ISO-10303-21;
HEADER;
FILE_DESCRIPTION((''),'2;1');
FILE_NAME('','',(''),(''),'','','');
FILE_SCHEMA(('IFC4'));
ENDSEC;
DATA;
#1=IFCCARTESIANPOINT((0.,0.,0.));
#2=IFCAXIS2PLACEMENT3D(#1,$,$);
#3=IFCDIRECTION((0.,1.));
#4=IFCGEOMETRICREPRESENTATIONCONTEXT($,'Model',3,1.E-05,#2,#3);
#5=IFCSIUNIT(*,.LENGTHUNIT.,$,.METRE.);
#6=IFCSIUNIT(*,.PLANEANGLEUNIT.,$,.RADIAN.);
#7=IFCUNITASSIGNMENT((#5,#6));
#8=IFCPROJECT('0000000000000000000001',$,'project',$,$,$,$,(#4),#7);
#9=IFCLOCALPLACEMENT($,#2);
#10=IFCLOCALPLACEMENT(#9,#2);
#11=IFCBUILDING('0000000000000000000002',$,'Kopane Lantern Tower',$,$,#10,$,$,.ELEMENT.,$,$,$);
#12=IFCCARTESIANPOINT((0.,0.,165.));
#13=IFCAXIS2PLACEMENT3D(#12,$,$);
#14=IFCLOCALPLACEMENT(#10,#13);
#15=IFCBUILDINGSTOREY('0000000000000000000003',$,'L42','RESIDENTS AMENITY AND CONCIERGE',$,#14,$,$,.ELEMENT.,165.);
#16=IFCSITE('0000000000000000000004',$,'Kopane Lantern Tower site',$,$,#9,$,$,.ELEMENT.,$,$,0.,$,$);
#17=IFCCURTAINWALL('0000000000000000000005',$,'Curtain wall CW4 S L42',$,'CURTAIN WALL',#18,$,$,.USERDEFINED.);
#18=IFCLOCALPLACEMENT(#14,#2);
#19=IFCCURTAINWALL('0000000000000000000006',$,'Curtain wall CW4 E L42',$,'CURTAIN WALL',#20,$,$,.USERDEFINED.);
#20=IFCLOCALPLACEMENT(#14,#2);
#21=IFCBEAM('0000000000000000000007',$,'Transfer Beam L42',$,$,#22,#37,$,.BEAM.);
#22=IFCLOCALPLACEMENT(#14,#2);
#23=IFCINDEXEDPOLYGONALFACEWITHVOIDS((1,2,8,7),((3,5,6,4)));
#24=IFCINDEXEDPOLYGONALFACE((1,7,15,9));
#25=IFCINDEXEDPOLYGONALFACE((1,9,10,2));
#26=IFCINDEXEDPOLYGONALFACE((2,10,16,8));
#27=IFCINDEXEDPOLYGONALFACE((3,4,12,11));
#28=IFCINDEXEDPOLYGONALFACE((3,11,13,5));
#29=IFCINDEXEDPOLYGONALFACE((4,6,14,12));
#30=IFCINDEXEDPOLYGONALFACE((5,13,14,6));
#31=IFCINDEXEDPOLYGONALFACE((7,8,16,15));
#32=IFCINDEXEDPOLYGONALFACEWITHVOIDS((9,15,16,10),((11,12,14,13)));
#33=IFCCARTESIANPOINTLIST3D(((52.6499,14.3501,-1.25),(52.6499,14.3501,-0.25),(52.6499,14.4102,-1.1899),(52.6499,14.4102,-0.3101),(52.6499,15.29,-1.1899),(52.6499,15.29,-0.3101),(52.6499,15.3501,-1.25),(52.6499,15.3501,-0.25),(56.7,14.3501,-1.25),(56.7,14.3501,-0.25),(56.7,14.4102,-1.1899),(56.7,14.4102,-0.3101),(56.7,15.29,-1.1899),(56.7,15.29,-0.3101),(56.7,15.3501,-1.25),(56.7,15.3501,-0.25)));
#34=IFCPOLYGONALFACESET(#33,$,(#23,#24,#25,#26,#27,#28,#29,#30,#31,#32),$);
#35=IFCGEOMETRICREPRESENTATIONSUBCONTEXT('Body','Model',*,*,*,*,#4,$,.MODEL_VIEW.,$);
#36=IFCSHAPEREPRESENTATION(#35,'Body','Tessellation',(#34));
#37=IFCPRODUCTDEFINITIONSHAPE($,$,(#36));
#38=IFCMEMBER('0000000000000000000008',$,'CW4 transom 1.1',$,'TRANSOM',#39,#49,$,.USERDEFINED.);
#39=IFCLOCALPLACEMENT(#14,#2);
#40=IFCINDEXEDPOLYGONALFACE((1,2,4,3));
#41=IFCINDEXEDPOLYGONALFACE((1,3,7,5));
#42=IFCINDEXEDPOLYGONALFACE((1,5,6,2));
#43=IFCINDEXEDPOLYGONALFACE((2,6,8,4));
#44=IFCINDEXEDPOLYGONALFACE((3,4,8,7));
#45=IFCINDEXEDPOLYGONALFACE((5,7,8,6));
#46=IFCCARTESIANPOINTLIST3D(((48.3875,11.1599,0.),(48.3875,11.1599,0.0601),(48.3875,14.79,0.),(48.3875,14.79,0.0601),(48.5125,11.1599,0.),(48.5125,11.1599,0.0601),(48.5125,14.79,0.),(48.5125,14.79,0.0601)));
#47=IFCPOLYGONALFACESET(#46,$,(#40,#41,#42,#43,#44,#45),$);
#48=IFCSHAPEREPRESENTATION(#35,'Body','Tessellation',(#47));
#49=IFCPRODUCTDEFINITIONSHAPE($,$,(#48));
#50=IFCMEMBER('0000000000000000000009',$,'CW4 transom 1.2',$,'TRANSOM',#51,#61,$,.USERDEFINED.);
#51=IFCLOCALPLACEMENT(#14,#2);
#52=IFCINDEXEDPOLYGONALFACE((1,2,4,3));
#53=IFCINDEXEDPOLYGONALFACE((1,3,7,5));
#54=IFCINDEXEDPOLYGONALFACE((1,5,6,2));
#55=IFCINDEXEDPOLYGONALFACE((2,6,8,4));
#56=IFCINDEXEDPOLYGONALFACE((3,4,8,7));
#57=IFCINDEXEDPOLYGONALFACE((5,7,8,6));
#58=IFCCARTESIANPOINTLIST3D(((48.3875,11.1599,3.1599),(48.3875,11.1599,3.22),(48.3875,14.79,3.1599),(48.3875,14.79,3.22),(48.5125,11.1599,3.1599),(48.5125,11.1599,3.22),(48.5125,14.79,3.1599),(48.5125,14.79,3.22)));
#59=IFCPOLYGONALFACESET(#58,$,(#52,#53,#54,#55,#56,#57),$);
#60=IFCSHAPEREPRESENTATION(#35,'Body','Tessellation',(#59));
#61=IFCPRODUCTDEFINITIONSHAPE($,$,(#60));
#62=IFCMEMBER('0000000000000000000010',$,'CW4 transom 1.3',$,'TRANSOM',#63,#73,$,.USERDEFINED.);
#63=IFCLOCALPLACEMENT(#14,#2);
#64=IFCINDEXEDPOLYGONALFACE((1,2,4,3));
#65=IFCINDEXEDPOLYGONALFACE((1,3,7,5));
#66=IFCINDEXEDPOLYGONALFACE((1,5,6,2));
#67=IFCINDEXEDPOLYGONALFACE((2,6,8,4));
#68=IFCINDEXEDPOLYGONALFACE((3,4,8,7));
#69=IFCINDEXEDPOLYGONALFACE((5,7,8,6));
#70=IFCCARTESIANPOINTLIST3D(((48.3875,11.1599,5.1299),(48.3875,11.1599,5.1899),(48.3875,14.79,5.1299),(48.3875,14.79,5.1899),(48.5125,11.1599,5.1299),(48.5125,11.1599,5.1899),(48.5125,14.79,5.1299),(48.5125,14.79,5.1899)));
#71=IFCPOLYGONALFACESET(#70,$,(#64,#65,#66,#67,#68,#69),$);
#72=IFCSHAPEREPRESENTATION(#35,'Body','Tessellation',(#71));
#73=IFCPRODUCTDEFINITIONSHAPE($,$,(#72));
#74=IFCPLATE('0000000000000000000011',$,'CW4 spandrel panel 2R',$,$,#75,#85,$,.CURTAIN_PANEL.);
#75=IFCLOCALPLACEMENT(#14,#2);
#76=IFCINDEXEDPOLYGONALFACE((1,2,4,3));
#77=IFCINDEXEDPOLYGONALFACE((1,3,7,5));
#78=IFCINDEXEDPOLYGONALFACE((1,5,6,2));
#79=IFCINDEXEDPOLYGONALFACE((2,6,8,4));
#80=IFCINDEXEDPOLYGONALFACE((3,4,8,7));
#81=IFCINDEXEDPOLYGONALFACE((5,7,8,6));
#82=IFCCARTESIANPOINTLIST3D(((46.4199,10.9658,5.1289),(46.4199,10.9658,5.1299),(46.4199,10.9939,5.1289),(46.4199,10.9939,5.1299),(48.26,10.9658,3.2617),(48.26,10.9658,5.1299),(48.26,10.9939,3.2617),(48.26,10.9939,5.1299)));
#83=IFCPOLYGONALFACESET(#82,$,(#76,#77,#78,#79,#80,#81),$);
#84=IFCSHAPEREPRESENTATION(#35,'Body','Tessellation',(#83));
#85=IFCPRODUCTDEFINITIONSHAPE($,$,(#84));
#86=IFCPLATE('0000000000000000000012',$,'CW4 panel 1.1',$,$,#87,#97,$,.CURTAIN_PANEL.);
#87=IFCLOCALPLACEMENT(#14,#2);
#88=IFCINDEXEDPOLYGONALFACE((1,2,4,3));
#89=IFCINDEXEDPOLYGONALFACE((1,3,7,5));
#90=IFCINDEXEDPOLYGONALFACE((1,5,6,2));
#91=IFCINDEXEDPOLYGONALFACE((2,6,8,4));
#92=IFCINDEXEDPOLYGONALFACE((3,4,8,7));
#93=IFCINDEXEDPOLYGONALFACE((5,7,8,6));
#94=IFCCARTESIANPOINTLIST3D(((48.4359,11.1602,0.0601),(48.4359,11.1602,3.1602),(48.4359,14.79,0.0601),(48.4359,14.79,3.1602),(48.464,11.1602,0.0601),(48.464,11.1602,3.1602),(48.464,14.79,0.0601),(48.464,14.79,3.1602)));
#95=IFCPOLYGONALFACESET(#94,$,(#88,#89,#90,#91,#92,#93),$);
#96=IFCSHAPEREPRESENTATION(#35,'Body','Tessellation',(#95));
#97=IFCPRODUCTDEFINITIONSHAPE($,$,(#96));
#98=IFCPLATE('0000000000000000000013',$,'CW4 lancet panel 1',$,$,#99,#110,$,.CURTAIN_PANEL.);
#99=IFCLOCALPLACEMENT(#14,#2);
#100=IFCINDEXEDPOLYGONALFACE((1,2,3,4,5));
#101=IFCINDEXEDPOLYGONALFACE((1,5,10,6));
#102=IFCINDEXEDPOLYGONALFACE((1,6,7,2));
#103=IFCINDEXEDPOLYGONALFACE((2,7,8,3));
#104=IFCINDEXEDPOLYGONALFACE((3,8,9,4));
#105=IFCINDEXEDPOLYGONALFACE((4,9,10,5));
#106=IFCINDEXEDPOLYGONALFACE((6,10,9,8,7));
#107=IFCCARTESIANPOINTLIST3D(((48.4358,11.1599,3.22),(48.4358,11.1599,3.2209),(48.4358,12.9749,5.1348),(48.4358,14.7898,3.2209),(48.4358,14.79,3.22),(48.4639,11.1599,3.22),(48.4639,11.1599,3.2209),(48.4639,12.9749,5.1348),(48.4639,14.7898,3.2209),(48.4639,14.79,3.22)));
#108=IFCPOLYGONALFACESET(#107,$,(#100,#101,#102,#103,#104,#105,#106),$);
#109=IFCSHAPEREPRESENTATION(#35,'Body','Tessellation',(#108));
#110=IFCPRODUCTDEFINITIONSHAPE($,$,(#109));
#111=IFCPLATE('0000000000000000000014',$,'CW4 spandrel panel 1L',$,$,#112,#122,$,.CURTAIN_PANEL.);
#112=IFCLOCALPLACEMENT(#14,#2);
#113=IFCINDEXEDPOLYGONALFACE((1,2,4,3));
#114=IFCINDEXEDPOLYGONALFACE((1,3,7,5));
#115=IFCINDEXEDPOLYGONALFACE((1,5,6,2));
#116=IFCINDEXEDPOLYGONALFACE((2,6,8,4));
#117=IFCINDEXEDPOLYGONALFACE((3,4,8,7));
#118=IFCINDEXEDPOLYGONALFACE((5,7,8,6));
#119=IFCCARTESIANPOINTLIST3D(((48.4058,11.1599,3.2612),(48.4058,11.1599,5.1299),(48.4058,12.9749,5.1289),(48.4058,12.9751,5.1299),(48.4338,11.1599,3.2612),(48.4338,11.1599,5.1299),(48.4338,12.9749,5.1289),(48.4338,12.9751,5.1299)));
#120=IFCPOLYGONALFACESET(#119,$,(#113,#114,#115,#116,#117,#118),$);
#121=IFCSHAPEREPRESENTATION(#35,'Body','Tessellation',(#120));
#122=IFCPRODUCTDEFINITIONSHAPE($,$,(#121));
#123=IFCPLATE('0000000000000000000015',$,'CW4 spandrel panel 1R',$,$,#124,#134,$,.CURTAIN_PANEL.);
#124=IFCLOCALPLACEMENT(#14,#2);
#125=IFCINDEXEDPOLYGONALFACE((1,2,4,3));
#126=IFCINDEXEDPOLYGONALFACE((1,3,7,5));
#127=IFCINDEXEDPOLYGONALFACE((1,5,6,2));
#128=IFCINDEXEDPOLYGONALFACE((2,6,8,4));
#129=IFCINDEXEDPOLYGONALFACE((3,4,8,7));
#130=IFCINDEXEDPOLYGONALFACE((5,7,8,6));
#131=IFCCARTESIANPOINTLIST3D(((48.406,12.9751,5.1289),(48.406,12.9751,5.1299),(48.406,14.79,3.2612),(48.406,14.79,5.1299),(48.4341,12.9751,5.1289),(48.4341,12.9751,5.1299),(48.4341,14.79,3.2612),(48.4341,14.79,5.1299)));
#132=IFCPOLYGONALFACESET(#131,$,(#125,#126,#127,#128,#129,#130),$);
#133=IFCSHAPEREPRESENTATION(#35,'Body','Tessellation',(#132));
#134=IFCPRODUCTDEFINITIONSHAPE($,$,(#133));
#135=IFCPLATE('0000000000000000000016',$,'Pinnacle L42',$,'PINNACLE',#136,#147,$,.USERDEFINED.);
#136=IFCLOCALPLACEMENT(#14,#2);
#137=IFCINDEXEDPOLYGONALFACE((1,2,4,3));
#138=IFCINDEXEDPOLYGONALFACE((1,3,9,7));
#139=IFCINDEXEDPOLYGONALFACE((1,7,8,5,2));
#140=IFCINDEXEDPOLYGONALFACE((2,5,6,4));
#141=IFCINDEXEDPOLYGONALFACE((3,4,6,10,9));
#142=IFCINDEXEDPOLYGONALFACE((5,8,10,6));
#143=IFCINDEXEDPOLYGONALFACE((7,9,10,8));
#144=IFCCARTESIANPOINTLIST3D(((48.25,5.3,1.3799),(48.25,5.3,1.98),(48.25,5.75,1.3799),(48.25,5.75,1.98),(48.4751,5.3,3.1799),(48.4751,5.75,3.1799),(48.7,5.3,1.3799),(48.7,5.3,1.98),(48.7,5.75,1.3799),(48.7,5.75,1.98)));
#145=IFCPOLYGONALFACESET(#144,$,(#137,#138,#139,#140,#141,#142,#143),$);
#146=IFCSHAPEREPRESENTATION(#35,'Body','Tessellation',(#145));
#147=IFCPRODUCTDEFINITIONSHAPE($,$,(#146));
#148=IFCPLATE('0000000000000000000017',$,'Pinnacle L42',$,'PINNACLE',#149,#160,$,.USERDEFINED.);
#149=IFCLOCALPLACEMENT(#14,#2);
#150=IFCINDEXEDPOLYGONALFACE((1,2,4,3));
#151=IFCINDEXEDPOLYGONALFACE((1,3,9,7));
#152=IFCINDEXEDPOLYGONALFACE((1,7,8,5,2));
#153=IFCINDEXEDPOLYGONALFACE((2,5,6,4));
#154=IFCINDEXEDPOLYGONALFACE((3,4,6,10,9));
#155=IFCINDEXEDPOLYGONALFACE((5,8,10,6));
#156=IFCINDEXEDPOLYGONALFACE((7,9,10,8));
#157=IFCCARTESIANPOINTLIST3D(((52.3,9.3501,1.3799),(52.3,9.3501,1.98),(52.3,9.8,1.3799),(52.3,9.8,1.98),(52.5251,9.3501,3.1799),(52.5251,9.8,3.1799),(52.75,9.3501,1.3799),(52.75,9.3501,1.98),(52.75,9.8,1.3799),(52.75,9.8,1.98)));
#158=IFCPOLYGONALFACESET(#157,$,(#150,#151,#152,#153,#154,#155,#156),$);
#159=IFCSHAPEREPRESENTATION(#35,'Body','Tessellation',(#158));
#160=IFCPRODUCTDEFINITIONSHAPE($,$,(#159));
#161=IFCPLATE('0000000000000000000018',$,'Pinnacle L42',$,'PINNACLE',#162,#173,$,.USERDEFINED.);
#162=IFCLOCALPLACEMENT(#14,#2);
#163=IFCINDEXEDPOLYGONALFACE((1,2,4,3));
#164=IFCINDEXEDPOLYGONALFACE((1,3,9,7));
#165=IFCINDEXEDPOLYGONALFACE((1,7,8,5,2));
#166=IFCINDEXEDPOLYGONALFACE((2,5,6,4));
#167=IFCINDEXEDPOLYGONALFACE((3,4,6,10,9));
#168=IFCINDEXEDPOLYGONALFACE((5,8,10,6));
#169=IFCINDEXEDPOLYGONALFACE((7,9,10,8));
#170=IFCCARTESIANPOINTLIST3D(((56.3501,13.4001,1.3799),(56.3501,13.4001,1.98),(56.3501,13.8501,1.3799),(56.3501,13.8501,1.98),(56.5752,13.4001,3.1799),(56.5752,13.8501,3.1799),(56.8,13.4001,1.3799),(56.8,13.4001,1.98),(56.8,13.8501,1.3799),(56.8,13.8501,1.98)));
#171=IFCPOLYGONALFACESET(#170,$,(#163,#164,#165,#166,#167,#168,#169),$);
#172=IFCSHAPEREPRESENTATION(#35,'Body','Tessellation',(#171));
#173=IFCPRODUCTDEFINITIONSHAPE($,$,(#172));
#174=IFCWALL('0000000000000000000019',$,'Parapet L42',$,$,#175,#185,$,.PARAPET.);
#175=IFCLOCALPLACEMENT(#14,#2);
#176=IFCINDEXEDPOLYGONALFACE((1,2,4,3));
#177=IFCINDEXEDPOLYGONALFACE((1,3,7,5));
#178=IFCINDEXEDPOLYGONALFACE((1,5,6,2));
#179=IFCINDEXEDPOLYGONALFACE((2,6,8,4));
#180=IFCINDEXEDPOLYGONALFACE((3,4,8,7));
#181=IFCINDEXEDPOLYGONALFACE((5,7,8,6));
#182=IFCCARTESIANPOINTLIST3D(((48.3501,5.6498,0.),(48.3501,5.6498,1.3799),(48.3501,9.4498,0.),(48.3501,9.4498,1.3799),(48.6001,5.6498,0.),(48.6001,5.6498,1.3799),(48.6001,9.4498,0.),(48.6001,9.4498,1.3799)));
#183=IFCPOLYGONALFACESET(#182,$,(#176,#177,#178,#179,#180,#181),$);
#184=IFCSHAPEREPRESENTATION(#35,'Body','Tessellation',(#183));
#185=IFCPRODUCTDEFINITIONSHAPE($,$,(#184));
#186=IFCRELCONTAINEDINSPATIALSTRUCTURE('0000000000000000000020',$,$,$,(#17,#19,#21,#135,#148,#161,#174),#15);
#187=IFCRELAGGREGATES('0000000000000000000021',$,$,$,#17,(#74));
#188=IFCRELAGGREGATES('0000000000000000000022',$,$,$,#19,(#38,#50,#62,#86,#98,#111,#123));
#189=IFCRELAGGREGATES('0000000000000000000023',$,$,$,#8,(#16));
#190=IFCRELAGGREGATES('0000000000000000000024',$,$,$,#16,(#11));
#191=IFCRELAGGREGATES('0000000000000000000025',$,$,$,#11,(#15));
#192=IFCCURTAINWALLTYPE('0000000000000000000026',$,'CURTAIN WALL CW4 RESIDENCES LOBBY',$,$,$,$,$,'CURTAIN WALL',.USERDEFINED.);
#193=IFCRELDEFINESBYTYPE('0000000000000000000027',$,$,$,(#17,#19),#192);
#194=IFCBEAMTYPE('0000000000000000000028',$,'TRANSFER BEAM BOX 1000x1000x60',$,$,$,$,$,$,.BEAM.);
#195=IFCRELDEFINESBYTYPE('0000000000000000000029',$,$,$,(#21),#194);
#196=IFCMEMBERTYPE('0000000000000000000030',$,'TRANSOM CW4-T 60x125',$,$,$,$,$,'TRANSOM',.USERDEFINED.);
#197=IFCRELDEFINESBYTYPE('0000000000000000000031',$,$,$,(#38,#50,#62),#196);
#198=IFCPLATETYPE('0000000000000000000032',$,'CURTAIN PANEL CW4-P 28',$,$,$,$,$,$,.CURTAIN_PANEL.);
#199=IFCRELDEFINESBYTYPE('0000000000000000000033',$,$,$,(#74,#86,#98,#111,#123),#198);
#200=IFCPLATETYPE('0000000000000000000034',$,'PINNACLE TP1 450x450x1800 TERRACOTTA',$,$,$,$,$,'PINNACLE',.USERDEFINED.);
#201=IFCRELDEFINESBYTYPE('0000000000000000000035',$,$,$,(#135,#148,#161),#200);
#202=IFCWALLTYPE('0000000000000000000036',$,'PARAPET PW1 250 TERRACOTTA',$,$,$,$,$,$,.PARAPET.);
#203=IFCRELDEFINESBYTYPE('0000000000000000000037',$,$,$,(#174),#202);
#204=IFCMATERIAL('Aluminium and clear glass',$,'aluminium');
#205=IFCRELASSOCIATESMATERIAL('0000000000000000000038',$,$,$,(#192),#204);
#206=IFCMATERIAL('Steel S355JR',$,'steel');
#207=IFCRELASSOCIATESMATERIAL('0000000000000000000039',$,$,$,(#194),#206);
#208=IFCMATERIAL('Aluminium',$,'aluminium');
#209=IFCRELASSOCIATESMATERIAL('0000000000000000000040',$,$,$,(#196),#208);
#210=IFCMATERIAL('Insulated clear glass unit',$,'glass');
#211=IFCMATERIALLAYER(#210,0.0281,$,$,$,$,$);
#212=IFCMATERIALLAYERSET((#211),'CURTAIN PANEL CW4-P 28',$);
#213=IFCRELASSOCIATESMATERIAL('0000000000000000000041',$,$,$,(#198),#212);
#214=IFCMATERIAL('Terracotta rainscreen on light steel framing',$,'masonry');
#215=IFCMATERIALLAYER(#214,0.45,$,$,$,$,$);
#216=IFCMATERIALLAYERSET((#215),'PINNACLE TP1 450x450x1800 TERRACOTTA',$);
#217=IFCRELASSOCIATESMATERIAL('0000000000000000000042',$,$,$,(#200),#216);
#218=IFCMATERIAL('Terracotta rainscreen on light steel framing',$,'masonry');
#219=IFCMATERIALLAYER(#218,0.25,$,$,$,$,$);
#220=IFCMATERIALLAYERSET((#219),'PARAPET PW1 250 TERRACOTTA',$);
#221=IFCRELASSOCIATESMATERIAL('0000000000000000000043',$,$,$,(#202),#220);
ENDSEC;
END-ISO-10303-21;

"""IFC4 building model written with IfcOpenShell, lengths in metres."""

from ifc_helpers import new_model, si_unit, direction, frame, frame_2d, origin, origin_2d, place, context, subcontext, project, spatial, polyline, rectangle, hollow_rectangle, outline, extrude, material, layer, layer_set, material_profile, profile_set, type_object, element, aggregate, save


model = new_model("IFC4")

# Units and contexts
model_context = context("Model", 3, precision=1e-05, world=origin(), true_north=direction((0.0, 1.0)))
body_context = subcontext(model_context, "Body", "Model", "MODEL_VIEW")
ifc_project = project(units=[si_unit("LENGTHUNIT", "METRE"), si_unit("PLANEANGLEUNIT", "RADIAN")], contexts=[model_context])

# Site, building, storey
site_placement = place(None, origin())
site = spatial("IfcSite", under=ifc_project, at=site_placement, Name="Kopane Lantern Tower site", CompositionType="ELEMENT", RefElevation=0.0)
building_placement = place(site_placement, origin())
building = spatial("IfcBuilding", under=site, at=building_placement, Name="Kopane Lantern Tower", CompositionType="ELEMENT")
storey_placement = place(building_placement, frame((0.0, 0.0, 165.0)))
storey = spatial("IfcBuildingStorey", under=building, at=storey_placement, Name="L42", Description="RESIDENTS AMENITY AND CONCIERGE", CompositionType="ELEMENT", Elevation=165.0)

# Curtain wall
ifc_material_1 = material(Name="Aluminium and clear glass", Category="aluminium")
curtain_wall_type = type_object("IfcCurtainWallType", Name="CURTAIN WALL CW4 RESIDENCES LOBBY", ElementType="CURTAIN WALL", PredefinedType="USERDEFINED", material=ifc_material_1)
curtain_wall_1_placement = place(storey_placement, origin())
curtain_wall_1 = element("IfcCurtainWall", 1, at=curtain_wall_1_placement, inside=storey, type_object=curtain_wall_type, Name="Curtain wall CW4 S L42", ObjectType="CURTAIN WALL", PredefinedType="USERDEFINED")

# Curtain wall
curtain_wall_2_placement = place(storey_placement, origin())
curtain_wall_2 = element("IfcCurtainWall", 2, at=curtain_wall_2_placement, inside=storey, type_object=curtain_wall_type, Name="Curtain wall CW4 E L42", ObjectType="CURTAIN WALL", PredefinedType="USERDEFINED")

# Beam
ifc_material_2 = material(Name="Steel S355JR", Category="steel")
ifc_material_profile_1 = material_profile(ifc_material_2, hollow_rectangle(XDim=1.0, YDim=1.0, WallThickness=0.0601, at=origin_2d()), Name="BOX 1000x1000x60")
ifc_profile_set_1 = profile_set([ifc_material_profile_1], Name="Steel S355JR")
beam_type_1 = type_object("IfcBeamType", Name="TRANSFER BEAM BOX 1000x1000x60", PredefinedType="BEAM", material=ifc_profile_set_1)
beam_1_placement = place(storey_placement, frame((52.6499, 14.8501, -0.75), z_axis=(1.0, 0.0, 0.0), x_axis=(0.0, 1.0, 0.0)))
element("IfcBeam", 3, at=beam_1_placement, inside=storey, type_object=beam_type_1, Name="Transfer Beam L42", PredefinedType="BEAM", context=body_context, shape_type="SweptSolid", body=[
    extrude(hollow_rectangle(XDim=1.0, YDim=1.0, WallThickness=0.0601, at=origin_2d()), origin(), (0.0, 0.0, 1.0), 4.05),
])

# Members
ifc_material_3 = material(Name="Aluminium", Category="aluminium")
ifc_material_profile_2 = material_profile(ifc_material_3, rectangle(XDim=0.125, YDim=0.0601, at=origin_2d()), Name="AL 125x60")
ifc_profile_set_2 = profile_set([ifc_material_profile_2], Name="Aluminium")
member_type_1 = type_object("IfcMemberType", Name="TRANSOM CW4-T 60x125", ElementType="TRANSOM", PredefinedType="USERDEFINED", material=ifc_profile_set_2)
member_1_placement = place(storey_placement, frame((48.45, 11.1599, 0.03), z_axis=(0.0, 1.0, 0.0), x_axis=(-1.0, 0.0, 0.0)))
member_1 = element("IfcMember", 4, at=member_1_placement, type_object=member_type_1, Name="CW4 transom 1.1", ObjectType="TRANSOM", PredefinedType="USERDEFINED", context=body_context, shape_type="SweptSolid", body=[
    extrude(rectangle(XDim=0.125, YDim=0.0601, at=origin_2d()), origin(), (0.0, 0.0, 1.0), 3.6301),
])
member_2_placement = place(storey_placement, frame((48.45, 11.1599, 3.1899), z_axis=(0.0, 1.0, 0.0), x_axis=(-1.0, 0.0, 0.0)))
member_2 = element("IfcMember", 5, at=member_2_placement, type_object=member_type_1, Name="CW4 transom 1.2", ObjectType="TRANSOM", PredefinedType="USERDEFINED", context=body_context, shape_type="SweptSolid", body=[
    extrude(rectangle(XDim=0.125, YDim=0.0601, at=origin_2d()), origin(), (0.0, 0.0, 1.0), 3.6301),
])
member_3_placement = place(storey_placement, frame((48.45, 11.1599, 5.1599), z_axis=(0.0, 1.0, 0.0), x_axis=(-1.0, 0.0, 0.0)))
member_3 = element("IfcMember", 6, at=member_3_placement, type_object=member_type_1, Name="CW4 transom 1.3", ObjectType="TRANSOM", PredefinedType="USERDEFINED", context=body_context, shape_type="SweptSolid", body=[
    extrude(rectangle(XDim=0.125, YDim=0.0601, at=origin_2d()), origin(), (0.0, 0.0, 1.0), 3.6301),
])

# Plates
ifc_material_4 = material(Name="Insulated clear glass unit", Category="glass")
ifc_layer_1 = layer(ifc_material_4, 0.0281)
ifc_layer_set_1 = layer_set([ifc_layer_1], Name="CURTAIN PANEL CW4-P 28")
plate_type_1 = type_object("IfcPlateType", Name="CURTAIN PANEL CW4-P 28", PredefinedType="CURTAIN_PANEL", material=ifc_layer_set_1)
plate_1_placement = place(storey_placement, frame((48.26, 10.98, 5.1299), z_axis=(0.0, 0.0, 1.0), x_axis=(-1.0, 0.0, 0.0)))
plate_1 = element("IfcPlate", 7, at=plate_1_placement, type_object=plate_type_1, Name="CW4 spandrel panel 2R", PredefinedType="CURTAIN_PANEL", context=body_context, shape_type="SweptSolid", body=[
    extrude(outline(polyline([(0.0, 0.0), (1.8401, 0.0), (1.8401, -0.001), (0.0, -1.8682), (0.0, 0.0)])), frame((0.0, 0.0142, 0.0), z_axis=(0.0, -1.0, 0.0), x_axis=(1.0, 0.0, 0.0)), (0.0, 0.0, 1.0), 0.0281),
])
aggregate(curtain_wall_1, [plate_1])
plate_2_placement = place(storey_placement, frame((48.45, 12.9751, 0.0601), z_axis=(0.0, 0.0, 1.0), x_axis=(0.0, 1.0, 0.0)))
plate_2 = element("IfcPlate", 8, at=plate_2_placement, type_object=plate_type_1, Name="CW4 panel 1.1", PredefinedType="CURTAIN_PANEL", context=body_context, shape_type="SweptSolid", body=[
    extrude(rectangle(XDim=3.6299, YDim=0.0281, at=origin_2d()), origin(), (0.0, 0.0, 1.0), 3.1001),
])
plate_3_placement = place(storey_placement, frame((48.45, 11.1599, 3.22), z_axis=(0.0, 0.0, 1.0), x_axis=(0.0, 1.0, 0.0)))
plate_3 = element("IfcPlate", 9, at=plate_3_placement, type_object=plate_type_1, Name="CW4 lancet panel 1", PredefinedType="CURTAIN_PANEL", context=body_context, shape_type="SweptSolid", body=[
    extrude(outline(polyline([(0.0, 0.0), (3.6301, 0.0), (3.6299, 0.001), (1.8149, 1.9148), (0.0, 0.001), (0.0, 0.0)])), frame((0.0, 0.0142, 0.0), z_axis=(0.0, -1.0, 0.0), x_axis=(1.0, 0.0, 0.0)), (0.0, 0.0, 1.0), 0.0281),
])
plate_4_placement = place(storey_placement, frame((48.4199, 11.1599, 5.1299), z_axis=(0.0, 0.0, 1.0), x_axis=(0.0, 1.0, 0.0)))
plate_4 = element("IfcPlate", 10, at=plate_4_placement, type_object=plate_type_1, Name="CW4 spandrel panel 1L", PredefinedType="CURTAIN_PANEL", context=body_context, shape_type="SweptSolid", body=[
    extrude(outline(polyline([(0.0, 0.0), (1.8152, 0.0), (1.8149, -0.001), (0.0, -1.8687), (0.0, 0.0)])), frame((0.0, 0.0142, 0.0), z_axis=(0.0, -1.0, 0.0), x_axis=(1.0, 0.0, 0.0)), (0.0, 0.0, 1.0), 0.0281),
])
plate_5_placement = place(storey_placement, frame((48.4199, 14.79, 5.1299), z_axis=(0.0, 0.0, 1.0), x_axis=(0.0, -1.0, 0.0)))
plate_5 = element("IfcPlate", 11, at=plate_5_placement, type_object=plate_type_1, Name="CW4 spandrel panel 1R", PredefinedType="CURTAIN_PANEL", context=body_context, shape_type="SweptSolid", body=[
    extrude(outline(polyline([(0.0, 0.0), (1.8149, 0.0), (1.8149, -0.001), (0.0, -1.8687), (0.0, 0.0)])), frame((0.0, 0.0142, 0.0), z_axis=(0.0, -1.0, 0.0), x_axis=(1.0, 0.0, 0.0)), (0.0, 0.0, 1.0), 0.0281),
])
aggregate(curtain_wall_2, [member_1, member_2, member_3, plate_2, plate_3, plate_4, plate_5])

# Plates
ifc_material_5 = material(Name="Terracotta rainscreen on light steel framing", Category="masonry")
ifc_layer_2 = layer(ifc_material_5, 0.45)
ifc_layer_set_2 = layer_set([ifc_layer_2], Name="PINNACLE TP1 450x450x1800 TERRACOTTA")
plate_type_2 = type_object("IfcPlateType", Name="PINNACLE TP1 450x450x1800 TERRACOTTA", ElementType="PINNACLE", PredefinedType="USERDEFINED", material=ifc_layer_set_2)
for number, where, z_axis, x_axis, name in (
    (12, (48.25, 5.5249, 1.3799), (0.0, 0.0, 1.0), (1.0, 0.0, 0.0), "Pinnacle L42"),
    (13, (52.3, 9.575, 1.3799), (0.0, 0.0, 1.0), (1.0, 0.0, 0.0), "Pinnacle L42"),
    (14, (56.3501, 13.625, 1.3799), (0.0, 0.0, 1.0), (1.0, 0.0, 0.0), "Pinnacle L42"),
):
    element("IfcPlate", number, at=place(storey_placement, frame(where, z_axis=z_axis, x_axis=x_axis)), inside=storey, type_object=plate_type_2, Name=name, ObjectType="PINNACLE", PredefinedType="USERDEFINED", context=body_context, shape_type="SweptSolid", body=[
        extrude(outline(polyline([(0.0, 0.0), (0.45, 0.0), (0.45, 0.6001), (0.2251, 1.8), (0.0, 0.6001), (0.0, 0.0)])), frame((0.0, 0.2251, 0.0), z_axis=(0.0, -1.0, 0.0), x_axis=(1.0, 0.0, 0.0)), (0.0, 0.0, 1.0), 0.45),
    ])

# Wall
ifc_material_6 = material(Name="Terracotta rainscreen on light steel framing", Category="masonry")
ifc_layer_3 = layer(ifc_material_6, 0.25)
ifc_layer_set_3 = layer_set([ifc_layer_3], Name="PARAPET PW1 250 TERRACOTTA")
wall_type = type_object("IfcWallType", Name="PARAPET PW1 250 TERRACOTTA", PredefinedType="PARAPET", material=ifc_layer_set_3)
wall_1_placement = place(storey_placement, frame((48.4751, 5.6499, 0.0), z_axis=(0.0, 0.0, 1.0), x_axis=(0.0, 1.0, 0.0)))
element("IfcWall", 15, at=wall_1_placement, inside=storey, type_object=wall_type, Name="Parapet L42", PredefinedType="PARAPET", context=body_context, shape_type="SweptSolid", body=[
    extrude(rectangle(XDim=3.8, YDim=0.25, at=frame_2d((1.8999, 0.0))), origin(), (0.0, 0.0, 1.0), 1.3799),
])

save(model, "model.ifc")
